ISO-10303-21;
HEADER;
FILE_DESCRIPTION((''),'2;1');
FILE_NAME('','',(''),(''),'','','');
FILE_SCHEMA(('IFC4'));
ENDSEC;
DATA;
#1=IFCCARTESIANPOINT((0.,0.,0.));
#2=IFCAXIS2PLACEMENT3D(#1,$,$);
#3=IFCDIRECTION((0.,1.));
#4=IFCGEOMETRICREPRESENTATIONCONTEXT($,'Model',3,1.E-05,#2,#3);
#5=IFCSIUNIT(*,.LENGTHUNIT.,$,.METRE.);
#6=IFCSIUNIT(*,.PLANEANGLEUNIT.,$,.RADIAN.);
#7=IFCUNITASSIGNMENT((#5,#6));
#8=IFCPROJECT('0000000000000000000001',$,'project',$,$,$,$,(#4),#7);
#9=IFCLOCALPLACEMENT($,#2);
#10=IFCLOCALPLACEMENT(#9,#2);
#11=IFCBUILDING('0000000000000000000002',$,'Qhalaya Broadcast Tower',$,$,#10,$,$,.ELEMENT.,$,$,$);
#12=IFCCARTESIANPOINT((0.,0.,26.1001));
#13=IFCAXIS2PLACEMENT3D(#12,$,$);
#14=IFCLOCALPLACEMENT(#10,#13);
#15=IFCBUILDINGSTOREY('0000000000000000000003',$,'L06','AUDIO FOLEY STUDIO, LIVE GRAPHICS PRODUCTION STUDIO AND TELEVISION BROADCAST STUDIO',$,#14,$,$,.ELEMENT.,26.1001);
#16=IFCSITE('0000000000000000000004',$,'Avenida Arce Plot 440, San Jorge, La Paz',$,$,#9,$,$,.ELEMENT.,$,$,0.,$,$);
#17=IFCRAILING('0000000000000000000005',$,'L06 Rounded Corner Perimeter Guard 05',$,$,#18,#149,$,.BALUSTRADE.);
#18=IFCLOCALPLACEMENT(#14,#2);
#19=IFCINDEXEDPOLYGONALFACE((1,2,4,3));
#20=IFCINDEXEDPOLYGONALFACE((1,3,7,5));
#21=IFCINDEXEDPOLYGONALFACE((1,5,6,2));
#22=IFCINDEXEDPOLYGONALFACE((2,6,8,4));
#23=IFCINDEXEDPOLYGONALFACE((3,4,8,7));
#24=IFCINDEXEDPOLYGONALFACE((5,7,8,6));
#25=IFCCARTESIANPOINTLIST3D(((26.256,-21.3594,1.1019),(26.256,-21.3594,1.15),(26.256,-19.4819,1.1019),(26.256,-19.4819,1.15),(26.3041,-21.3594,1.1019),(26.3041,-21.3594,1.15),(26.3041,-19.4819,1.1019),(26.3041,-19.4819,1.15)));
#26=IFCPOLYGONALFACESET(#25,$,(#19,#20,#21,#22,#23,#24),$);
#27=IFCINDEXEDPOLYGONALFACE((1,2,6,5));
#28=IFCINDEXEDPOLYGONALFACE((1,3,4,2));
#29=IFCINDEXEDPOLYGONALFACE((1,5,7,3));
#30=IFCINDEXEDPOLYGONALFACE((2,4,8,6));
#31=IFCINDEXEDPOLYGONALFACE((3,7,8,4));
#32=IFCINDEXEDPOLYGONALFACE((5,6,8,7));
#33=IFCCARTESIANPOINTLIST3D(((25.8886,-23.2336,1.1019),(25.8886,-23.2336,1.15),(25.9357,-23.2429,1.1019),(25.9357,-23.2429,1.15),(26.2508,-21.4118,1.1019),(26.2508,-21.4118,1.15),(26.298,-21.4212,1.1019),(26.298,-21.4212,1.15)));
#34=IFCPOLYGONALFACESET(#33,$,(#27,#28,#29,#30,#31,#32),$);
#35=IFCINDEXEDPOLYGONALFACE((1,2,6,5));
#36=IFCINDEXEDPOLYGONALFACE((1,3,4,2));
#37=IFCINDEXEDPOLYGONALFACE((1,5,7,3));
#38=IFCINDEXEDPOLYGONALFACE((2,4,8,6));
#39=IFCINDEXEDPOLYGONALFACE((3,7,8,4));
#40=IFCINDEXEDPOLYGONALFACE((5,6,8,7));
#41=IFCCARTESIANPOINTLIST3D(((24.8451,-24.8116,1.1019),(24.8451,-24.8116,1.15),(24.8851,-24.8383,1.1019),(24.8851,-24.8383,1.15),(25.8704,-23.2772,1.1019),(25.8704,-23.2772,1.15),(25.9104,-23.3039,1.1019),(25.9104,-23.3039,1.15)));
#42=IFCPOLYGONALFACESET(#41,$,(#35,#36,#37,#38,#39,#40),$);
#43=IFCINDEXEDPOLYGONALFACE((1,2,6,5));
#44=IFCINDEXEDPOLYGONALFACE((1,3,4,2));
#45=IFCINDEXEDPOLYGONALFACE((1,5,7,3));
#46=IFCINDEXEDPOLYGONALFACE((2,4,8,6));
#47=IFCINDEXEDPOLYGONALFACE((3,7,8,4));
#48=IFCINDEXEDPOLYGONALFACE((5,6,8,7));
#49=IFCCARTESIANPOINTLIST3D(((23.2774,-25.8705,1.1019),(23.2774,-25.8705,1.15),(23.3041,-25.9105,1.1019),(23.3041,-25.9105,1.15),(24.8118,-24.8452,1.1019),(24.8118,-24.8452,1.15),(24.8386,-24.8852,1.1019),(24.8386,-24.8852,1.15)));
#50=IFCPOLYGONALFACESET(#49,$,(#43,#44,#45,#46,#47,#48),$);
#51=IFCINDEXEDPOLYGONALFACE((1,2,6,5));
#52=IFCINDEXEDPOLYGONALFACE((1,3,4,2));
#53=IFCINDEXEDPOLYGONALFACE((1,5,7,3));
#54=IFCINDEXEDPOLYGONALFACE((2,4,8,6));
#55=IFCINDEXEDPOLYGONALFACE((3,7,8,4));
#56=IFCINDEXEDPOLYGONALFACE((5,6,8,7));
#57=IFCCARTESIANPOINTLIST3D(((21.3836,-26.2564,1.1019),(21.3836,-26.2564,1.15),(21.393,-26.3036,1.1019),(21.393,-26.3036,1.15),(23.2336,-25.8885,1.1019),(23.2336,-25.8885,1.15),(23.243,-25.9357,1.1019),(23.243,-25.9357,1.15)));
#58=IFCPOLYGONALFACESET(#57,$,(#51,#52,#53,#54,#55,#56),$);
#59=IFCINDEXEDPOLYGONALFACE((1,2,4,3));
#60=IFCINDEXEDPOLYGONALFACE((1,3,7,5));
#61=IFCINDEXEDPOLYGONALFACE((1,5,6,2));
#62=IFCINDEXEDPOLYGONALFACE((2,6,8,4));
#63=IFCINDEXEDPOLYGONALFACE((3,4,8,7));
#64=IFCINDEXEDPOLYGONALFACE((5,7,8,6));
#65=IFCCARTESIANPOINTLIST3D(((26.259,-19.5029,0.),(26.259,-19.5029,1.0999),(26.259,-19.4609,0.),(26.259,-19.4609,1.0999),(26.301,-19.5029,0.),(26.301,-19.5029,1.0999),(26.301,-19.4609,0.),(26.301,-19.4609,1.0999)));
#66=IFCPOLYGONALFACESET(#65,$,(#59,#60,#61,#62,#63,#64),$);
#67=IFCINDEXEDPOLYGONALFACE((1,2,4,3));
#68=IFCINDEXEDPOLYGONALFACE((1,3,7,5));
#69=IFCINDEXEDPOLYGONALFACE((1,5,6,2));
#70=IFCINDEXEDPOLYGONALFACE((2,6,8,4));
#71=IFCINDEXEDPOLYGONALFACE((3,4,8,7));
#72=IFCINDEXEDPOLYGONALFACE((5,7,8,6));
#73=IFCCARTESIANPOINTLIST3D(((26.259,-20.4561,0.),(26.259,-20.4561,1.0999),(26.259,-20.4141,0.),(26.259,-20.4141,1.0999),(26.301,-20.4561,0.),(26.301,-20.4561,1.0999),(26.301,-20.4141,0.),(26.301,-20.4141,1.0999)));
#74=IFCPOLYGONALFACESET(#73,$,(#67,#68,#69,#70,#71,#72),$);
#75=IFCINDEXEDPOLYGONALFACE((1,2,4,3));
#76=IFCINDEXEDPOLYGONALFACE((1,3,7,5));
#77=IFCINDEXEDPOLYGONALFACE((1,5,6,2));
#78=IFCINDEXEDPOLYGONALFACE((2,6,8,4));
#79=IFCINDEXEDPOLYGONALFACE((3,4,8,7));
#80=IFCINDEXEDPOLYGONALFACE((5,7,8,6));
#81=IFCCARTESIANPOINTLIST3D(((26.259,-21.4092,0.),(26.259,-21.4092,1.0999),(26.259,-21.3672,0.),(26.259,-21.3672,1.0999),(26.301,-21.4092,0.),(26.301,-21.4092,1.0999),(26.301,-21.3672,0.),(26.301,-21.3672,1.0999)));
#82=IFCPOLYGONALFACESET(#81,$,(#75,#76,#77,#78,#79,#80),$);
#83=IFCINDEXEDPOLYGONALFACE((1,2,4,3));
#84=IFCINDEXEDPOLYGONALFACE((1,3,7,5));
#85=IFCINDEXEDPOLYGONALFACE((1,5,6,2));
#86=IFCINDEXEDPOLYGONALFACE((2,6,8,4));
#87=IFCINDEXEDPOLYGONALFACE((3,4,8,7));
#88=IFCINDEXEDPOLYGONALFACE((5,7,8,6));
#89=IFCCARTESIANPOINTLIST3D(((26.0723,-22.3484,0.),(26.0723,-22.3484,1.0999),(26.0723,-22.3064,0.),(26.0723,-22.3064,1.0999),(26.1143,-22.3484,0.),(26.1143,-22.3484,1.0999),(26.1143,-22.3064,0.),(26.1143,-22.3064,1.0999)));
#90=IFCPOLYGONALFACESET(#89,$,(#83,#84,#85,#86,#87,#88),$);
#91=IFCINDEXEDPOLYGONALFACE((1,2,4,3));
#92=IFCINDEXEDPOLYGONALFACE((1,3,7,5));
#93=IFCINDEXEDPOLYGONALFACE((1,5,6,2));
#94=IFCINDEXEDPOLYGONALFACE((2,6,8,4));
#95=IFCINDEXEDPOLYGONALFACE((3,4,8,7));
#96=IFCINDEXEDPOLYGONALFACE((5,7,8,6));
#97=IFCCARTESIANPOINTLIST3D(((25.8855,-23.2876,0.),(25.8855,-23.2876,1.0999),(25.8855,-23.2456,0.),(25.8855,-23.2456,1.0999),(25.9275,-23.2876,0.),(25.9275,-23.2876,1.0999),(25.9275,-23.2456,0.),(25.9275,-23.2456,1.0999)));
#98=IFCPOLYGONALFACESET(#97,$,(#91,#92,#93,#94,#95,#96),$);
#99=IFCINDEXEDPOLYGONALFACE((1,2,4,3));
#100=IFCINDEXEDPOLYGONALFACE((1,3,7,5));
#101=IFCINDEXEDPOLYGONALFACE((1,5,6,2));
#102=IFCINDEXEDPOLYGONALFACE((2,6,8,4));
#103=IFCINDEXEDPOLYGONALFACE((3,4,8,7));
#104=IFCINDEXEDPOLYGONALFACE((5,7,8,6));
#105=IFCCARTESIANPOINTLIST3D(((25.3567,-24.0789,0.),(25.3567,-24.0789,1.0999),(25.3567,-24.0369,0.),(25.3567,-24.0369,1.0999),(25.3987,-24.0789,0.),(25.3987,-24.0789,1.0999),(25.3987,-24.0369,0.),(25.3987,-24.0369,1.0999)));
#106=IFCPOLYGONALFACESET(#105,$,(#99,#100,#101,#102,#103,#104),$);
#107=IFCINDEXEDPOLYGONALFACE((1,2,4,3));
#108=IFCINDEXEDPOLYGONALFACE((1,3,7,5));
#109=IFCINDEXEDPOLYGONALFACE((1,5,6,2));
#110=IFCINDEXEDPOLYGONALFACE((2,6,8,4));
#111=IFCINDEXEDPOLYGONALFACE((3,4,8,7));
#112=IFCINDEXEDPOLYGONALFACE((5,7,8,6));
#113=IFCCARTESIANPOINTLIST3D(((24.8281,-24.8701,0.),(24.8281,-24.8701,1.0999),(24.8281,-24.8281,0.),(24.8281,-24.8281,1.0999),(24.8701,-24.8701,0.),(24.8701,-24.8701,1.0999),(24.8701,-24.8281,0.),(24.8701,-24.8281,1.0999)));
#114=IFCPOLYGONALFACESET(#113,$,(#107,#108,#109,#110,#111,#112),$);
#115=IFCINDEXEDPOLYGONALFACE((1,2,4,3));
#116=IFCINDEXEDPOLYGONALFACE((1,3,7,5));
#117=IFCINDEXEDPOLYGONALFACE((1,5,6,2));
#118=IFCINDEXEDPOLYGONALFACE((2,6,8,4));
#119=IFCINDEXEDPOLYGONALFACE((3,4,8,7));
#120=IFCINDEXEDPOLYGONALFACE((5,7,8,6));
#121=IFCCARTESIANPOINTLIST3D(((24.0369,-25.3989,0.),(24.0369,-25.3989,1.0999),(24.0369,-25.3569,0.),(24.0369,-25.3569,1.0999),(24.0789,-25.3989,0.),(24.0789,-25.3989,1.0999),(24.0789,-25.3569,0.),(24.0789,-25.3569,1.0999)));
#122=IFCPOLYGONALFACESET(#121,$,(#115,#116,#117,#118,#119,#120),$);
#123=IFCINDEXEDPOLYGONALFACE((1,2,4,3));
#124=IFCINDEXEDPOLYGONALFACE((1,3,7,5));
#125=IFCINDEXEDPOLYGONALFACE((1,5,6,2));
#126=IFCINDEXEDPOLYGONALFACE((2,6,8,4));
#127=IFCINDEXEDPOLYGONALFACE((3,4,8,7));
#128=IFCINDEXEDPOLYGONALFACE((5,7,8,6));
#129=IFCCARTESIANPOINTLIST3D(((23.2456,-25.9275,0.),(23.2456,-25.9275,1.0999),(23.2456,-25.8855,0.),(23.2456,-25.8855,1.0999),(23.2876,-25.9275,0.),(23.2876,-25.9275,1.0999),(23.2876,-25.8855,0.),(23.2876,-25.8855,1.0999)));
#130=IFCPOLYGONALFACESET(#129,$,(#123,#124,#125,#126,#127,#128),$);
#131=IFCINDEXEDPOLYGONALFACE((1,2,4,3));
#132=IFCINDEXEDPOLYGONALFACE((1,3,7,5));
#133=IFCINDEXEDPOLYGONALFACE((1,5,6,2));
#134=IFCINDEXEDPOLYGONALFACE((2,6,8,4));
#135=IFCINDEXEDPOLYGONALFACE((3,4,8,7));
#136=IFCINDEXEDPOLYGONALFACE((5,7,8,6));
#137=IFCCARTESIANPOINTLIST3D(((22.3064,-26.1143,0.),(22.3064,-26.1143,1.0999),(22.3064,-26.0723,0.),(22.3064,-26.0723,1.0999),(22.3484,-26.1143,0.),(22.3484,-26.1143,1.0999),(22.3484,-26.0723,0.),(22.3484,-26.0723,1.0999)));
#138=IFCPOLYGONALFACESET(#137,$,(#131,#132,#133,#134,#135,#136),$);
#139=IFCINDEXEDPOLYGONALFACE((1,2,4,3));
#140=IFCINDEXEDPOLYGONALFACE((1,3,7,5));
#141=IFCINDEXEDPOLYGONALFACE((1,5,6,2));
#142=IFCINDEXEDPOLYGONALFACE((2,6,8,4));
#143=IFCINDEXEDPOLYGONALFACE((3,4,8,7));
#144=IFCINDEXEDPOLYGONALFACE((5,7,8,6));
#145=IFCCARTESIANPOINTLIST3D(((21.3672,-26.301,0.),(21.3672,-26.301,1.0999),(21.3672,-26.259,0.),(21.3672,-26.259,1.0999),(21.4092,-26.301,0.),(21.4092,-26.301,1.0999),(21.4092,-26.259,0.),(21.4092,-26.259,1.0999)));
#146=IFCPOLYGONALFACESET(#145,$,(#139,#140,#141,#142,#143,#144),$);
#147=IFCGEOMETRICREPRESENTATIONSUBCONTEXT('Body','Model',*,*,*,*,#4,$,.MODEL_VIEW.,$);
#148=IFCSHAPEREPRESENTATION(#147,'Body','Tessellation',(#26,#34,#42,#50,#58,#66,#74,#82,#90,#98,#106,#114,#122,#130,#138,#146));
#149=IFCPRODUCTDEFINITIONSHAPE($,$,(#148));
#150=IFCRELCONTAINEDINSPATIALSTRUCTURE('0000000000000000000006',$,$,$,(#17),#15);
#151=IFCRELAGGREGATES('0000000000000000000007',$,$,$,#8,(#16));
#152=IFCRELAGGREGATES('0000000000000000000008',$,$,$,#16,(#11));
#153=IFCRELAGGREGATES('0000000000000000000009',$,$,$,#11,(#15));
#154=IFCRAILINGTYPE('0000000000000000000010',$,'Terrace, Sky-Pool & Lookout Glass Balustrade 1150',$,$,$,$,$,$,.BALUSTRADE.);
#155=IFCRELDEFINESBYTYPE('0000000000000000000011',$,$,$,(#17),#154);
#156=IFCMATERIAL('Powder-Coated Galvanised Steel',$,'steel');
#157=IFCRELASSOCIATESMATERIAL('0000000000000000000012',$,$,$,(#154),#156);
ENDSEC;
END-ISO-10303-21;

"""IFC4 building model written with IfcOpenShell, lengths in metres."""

from ifc_helpers import new_model, si_unit, direction, frame, origin, origin_2d, place, context, subcontext, project, spatial, rectangle, extrude, material, type_object, element, save


model = new_model("IFC4")

# Units and contexts
model_context = context("Model", 3, precision=1e-05, world=origin(), true_north=direction((0.0, 1.0)))
body_context = subcontext(model_context, "Body", "Model", "MODEL_VIEW")
ifc_project = project(units=[si_unit("LENGTHUNIT", "METRE"), si_unit("PLANEANGLEUNIT", "RADIAN")], contexts=[model_context])

# Site, building, storey
site_placement = place(None, origin())
site = spatial("IfcSite", under=ifc_project, at=site_placement, Name="Avenida Arce Plot 440, San Jorge, La Paz", CompositionType="ELEMENT", RefElevation=0.0)
building_placement = place(site_placement, origin())
building = spatial("IfcBuilding", under=site, at=building_placement, Name="Qhalaya Broadcast Tower", CompositionType="ELEMENT")
storey_placement = place(building_placement, frame((0.0, 0.0, 26.1001)))
storey = spatial("IfcBuildingStorey", under=building, at=storey_placement, Name="L06", Description="AUDIO FOLEY STUDIO, LIVE GRAPHICS PRODUCTION STUDIO AND TELEVISION BROADCAST STUDIO", CompositionType="ELEMENT", Elevation=26.1001)

# Railing
ifc_material_1 = material(Name="Powder-Coated Galvanised Steel", Category="steel")
railing_type = type_object("IfcRailingType", Name="Terrace, Sky-Pool & Lookout Glass Balustrade 1150", PredefinedType="BALUSTRADE", material=ifc_material_1)
railing_1_placement = place(storey_placement, frame((26.28, -19.4819, 0.0)))
element("IfcRailing", 1, at=railing_1_placement, inside=storey, type_object=railing_type, Name="L06 Rounded Corner Perimeter Guard 05", PredefinedType="BALUSTRADE", context=body_context, shape_type="SweptSolid", body=[
    extrude(rectangle(XDim=0.0481, YDim=0.0481, at=origin_2d()), frame((0.0, 0.0, 1.126), z_axis=(0.0, -1.0, 0.0), x_axis=(1.0, 0.0, 0.0)), (0.0, 0.0, 1.0), 1.8774),
    extrude(rectangle(XDim=0.0481, YDim=0.0481, at=origin_2d()), frame((-0.0056, -1.9346, 1.126), z_axis=(-0.195037, -0.980796, 0.0), x_axis=(0.980796, -0.195037, 0.0)), (0.0, 0.0, 1.0), 1.8574),
    extrude(rectangle(XDim=0.0481, YDim=0.0481, at=origin_2d()), frame((-0.3896, -3.8086, 1.126), z_axis=(-0.555558, -0.831478, 0.0), x_axis=(0.831478, -0.555558, 0.0)), (0.0, 0.0, 1.0), 1.8455),
    extrude(rectangle(XDim=0.0481, YDim=0.0481, at=origin_2d()), frame((-1.4548, -5.3833, 1.126), z_axis=(-0.831478, -0.555558, 0.0), x_axis=(0.555558, -0.831478, 0.0)), (0.0, 0.0, 1.0), 1.8455),
    extrude(rectangle(XDim=0.0481, YDim=0.0481, at=origin_2d()), frame((-3.0417, -6.4302, 1.126), z_axis=(-0.980796, -0.195037, 0.0), x_axis=(0.195037, -0.980796, 0.0)), (0.0, 0.0, 1.0), 1.8862),
    extrude(rectangle(XDim=0.042, YDim=0.042, at=origin_2d()), origin(), (0.0, 0.0, 1.0), 1.0999),
    extrude(rectangle(XDim=0.042, YDim=0.042, at=origin_2d()), frame((0.0, -0.9531, 0.0)), (0.0, 0.0, 1.0), 1.0999),
    extrude(rectangle(XDim=0.042, YDim=0.042, at=origin_2d()), frame((0.0, -1.9062, 0.0)), (0.0, 0.0, 1.0), 1.0999),
    extrude(rectangle(XDim=0.042, YDim=0.042, at=origin_2d()), frame((-0.1868, -2.8455, 0.0)), (0.0, 0.0, 1.0), 1.0999),
    extrude(rectangle(XDim=0.042, YDim=0.042, at=origin_2d()), frame((-0.3735, -3.7847, 0.0)), (0.0, 0.0, 1.0), 1.0999),
    extrude(rectangle(XDim=0.042, YDim=0.042, at=origin_2d()), frame((-0.9023, -4.5759, 0.0)), (0.0, 0.0, 1.0), 1.0999),
    extrude(rectangle(XDim=0.042, YDim=0.042, at=origin_2d()), frame((-1.4309, -5.3672, 0.0)), (0.0, 0.0, 1.0), 1.0999),
    extrude(rectangle(XDim=0.042, YDim=0.042, at=origin_2d()), frame((-2.2222, -5.896, 0.0)), (0.0, 0.0, 1.0), 1.0999),
    extrude(rectangle(XDim=0.042, YDim=0.042, at=origin_2d()), frame((-3.0134, -6.4246, 0.0)), (0.0, 0.0, 1.0), 1.0999),
    extrude(rectangle(XDim=0.042, YDim=0.042, at=origin_2d()), frame((-3.9526, -6.6113, 0.0)), (0.0, 0.0, 1.0), 1.0999),
    extrude(rectangle(XDim=0.042, YDim=0.042, at=origin_2d()), frame((-4.8918, -6.7981, 0.0)), (0.0, 0.0, 1.0), 1.0999),
])

save(model, "model.ifc")
